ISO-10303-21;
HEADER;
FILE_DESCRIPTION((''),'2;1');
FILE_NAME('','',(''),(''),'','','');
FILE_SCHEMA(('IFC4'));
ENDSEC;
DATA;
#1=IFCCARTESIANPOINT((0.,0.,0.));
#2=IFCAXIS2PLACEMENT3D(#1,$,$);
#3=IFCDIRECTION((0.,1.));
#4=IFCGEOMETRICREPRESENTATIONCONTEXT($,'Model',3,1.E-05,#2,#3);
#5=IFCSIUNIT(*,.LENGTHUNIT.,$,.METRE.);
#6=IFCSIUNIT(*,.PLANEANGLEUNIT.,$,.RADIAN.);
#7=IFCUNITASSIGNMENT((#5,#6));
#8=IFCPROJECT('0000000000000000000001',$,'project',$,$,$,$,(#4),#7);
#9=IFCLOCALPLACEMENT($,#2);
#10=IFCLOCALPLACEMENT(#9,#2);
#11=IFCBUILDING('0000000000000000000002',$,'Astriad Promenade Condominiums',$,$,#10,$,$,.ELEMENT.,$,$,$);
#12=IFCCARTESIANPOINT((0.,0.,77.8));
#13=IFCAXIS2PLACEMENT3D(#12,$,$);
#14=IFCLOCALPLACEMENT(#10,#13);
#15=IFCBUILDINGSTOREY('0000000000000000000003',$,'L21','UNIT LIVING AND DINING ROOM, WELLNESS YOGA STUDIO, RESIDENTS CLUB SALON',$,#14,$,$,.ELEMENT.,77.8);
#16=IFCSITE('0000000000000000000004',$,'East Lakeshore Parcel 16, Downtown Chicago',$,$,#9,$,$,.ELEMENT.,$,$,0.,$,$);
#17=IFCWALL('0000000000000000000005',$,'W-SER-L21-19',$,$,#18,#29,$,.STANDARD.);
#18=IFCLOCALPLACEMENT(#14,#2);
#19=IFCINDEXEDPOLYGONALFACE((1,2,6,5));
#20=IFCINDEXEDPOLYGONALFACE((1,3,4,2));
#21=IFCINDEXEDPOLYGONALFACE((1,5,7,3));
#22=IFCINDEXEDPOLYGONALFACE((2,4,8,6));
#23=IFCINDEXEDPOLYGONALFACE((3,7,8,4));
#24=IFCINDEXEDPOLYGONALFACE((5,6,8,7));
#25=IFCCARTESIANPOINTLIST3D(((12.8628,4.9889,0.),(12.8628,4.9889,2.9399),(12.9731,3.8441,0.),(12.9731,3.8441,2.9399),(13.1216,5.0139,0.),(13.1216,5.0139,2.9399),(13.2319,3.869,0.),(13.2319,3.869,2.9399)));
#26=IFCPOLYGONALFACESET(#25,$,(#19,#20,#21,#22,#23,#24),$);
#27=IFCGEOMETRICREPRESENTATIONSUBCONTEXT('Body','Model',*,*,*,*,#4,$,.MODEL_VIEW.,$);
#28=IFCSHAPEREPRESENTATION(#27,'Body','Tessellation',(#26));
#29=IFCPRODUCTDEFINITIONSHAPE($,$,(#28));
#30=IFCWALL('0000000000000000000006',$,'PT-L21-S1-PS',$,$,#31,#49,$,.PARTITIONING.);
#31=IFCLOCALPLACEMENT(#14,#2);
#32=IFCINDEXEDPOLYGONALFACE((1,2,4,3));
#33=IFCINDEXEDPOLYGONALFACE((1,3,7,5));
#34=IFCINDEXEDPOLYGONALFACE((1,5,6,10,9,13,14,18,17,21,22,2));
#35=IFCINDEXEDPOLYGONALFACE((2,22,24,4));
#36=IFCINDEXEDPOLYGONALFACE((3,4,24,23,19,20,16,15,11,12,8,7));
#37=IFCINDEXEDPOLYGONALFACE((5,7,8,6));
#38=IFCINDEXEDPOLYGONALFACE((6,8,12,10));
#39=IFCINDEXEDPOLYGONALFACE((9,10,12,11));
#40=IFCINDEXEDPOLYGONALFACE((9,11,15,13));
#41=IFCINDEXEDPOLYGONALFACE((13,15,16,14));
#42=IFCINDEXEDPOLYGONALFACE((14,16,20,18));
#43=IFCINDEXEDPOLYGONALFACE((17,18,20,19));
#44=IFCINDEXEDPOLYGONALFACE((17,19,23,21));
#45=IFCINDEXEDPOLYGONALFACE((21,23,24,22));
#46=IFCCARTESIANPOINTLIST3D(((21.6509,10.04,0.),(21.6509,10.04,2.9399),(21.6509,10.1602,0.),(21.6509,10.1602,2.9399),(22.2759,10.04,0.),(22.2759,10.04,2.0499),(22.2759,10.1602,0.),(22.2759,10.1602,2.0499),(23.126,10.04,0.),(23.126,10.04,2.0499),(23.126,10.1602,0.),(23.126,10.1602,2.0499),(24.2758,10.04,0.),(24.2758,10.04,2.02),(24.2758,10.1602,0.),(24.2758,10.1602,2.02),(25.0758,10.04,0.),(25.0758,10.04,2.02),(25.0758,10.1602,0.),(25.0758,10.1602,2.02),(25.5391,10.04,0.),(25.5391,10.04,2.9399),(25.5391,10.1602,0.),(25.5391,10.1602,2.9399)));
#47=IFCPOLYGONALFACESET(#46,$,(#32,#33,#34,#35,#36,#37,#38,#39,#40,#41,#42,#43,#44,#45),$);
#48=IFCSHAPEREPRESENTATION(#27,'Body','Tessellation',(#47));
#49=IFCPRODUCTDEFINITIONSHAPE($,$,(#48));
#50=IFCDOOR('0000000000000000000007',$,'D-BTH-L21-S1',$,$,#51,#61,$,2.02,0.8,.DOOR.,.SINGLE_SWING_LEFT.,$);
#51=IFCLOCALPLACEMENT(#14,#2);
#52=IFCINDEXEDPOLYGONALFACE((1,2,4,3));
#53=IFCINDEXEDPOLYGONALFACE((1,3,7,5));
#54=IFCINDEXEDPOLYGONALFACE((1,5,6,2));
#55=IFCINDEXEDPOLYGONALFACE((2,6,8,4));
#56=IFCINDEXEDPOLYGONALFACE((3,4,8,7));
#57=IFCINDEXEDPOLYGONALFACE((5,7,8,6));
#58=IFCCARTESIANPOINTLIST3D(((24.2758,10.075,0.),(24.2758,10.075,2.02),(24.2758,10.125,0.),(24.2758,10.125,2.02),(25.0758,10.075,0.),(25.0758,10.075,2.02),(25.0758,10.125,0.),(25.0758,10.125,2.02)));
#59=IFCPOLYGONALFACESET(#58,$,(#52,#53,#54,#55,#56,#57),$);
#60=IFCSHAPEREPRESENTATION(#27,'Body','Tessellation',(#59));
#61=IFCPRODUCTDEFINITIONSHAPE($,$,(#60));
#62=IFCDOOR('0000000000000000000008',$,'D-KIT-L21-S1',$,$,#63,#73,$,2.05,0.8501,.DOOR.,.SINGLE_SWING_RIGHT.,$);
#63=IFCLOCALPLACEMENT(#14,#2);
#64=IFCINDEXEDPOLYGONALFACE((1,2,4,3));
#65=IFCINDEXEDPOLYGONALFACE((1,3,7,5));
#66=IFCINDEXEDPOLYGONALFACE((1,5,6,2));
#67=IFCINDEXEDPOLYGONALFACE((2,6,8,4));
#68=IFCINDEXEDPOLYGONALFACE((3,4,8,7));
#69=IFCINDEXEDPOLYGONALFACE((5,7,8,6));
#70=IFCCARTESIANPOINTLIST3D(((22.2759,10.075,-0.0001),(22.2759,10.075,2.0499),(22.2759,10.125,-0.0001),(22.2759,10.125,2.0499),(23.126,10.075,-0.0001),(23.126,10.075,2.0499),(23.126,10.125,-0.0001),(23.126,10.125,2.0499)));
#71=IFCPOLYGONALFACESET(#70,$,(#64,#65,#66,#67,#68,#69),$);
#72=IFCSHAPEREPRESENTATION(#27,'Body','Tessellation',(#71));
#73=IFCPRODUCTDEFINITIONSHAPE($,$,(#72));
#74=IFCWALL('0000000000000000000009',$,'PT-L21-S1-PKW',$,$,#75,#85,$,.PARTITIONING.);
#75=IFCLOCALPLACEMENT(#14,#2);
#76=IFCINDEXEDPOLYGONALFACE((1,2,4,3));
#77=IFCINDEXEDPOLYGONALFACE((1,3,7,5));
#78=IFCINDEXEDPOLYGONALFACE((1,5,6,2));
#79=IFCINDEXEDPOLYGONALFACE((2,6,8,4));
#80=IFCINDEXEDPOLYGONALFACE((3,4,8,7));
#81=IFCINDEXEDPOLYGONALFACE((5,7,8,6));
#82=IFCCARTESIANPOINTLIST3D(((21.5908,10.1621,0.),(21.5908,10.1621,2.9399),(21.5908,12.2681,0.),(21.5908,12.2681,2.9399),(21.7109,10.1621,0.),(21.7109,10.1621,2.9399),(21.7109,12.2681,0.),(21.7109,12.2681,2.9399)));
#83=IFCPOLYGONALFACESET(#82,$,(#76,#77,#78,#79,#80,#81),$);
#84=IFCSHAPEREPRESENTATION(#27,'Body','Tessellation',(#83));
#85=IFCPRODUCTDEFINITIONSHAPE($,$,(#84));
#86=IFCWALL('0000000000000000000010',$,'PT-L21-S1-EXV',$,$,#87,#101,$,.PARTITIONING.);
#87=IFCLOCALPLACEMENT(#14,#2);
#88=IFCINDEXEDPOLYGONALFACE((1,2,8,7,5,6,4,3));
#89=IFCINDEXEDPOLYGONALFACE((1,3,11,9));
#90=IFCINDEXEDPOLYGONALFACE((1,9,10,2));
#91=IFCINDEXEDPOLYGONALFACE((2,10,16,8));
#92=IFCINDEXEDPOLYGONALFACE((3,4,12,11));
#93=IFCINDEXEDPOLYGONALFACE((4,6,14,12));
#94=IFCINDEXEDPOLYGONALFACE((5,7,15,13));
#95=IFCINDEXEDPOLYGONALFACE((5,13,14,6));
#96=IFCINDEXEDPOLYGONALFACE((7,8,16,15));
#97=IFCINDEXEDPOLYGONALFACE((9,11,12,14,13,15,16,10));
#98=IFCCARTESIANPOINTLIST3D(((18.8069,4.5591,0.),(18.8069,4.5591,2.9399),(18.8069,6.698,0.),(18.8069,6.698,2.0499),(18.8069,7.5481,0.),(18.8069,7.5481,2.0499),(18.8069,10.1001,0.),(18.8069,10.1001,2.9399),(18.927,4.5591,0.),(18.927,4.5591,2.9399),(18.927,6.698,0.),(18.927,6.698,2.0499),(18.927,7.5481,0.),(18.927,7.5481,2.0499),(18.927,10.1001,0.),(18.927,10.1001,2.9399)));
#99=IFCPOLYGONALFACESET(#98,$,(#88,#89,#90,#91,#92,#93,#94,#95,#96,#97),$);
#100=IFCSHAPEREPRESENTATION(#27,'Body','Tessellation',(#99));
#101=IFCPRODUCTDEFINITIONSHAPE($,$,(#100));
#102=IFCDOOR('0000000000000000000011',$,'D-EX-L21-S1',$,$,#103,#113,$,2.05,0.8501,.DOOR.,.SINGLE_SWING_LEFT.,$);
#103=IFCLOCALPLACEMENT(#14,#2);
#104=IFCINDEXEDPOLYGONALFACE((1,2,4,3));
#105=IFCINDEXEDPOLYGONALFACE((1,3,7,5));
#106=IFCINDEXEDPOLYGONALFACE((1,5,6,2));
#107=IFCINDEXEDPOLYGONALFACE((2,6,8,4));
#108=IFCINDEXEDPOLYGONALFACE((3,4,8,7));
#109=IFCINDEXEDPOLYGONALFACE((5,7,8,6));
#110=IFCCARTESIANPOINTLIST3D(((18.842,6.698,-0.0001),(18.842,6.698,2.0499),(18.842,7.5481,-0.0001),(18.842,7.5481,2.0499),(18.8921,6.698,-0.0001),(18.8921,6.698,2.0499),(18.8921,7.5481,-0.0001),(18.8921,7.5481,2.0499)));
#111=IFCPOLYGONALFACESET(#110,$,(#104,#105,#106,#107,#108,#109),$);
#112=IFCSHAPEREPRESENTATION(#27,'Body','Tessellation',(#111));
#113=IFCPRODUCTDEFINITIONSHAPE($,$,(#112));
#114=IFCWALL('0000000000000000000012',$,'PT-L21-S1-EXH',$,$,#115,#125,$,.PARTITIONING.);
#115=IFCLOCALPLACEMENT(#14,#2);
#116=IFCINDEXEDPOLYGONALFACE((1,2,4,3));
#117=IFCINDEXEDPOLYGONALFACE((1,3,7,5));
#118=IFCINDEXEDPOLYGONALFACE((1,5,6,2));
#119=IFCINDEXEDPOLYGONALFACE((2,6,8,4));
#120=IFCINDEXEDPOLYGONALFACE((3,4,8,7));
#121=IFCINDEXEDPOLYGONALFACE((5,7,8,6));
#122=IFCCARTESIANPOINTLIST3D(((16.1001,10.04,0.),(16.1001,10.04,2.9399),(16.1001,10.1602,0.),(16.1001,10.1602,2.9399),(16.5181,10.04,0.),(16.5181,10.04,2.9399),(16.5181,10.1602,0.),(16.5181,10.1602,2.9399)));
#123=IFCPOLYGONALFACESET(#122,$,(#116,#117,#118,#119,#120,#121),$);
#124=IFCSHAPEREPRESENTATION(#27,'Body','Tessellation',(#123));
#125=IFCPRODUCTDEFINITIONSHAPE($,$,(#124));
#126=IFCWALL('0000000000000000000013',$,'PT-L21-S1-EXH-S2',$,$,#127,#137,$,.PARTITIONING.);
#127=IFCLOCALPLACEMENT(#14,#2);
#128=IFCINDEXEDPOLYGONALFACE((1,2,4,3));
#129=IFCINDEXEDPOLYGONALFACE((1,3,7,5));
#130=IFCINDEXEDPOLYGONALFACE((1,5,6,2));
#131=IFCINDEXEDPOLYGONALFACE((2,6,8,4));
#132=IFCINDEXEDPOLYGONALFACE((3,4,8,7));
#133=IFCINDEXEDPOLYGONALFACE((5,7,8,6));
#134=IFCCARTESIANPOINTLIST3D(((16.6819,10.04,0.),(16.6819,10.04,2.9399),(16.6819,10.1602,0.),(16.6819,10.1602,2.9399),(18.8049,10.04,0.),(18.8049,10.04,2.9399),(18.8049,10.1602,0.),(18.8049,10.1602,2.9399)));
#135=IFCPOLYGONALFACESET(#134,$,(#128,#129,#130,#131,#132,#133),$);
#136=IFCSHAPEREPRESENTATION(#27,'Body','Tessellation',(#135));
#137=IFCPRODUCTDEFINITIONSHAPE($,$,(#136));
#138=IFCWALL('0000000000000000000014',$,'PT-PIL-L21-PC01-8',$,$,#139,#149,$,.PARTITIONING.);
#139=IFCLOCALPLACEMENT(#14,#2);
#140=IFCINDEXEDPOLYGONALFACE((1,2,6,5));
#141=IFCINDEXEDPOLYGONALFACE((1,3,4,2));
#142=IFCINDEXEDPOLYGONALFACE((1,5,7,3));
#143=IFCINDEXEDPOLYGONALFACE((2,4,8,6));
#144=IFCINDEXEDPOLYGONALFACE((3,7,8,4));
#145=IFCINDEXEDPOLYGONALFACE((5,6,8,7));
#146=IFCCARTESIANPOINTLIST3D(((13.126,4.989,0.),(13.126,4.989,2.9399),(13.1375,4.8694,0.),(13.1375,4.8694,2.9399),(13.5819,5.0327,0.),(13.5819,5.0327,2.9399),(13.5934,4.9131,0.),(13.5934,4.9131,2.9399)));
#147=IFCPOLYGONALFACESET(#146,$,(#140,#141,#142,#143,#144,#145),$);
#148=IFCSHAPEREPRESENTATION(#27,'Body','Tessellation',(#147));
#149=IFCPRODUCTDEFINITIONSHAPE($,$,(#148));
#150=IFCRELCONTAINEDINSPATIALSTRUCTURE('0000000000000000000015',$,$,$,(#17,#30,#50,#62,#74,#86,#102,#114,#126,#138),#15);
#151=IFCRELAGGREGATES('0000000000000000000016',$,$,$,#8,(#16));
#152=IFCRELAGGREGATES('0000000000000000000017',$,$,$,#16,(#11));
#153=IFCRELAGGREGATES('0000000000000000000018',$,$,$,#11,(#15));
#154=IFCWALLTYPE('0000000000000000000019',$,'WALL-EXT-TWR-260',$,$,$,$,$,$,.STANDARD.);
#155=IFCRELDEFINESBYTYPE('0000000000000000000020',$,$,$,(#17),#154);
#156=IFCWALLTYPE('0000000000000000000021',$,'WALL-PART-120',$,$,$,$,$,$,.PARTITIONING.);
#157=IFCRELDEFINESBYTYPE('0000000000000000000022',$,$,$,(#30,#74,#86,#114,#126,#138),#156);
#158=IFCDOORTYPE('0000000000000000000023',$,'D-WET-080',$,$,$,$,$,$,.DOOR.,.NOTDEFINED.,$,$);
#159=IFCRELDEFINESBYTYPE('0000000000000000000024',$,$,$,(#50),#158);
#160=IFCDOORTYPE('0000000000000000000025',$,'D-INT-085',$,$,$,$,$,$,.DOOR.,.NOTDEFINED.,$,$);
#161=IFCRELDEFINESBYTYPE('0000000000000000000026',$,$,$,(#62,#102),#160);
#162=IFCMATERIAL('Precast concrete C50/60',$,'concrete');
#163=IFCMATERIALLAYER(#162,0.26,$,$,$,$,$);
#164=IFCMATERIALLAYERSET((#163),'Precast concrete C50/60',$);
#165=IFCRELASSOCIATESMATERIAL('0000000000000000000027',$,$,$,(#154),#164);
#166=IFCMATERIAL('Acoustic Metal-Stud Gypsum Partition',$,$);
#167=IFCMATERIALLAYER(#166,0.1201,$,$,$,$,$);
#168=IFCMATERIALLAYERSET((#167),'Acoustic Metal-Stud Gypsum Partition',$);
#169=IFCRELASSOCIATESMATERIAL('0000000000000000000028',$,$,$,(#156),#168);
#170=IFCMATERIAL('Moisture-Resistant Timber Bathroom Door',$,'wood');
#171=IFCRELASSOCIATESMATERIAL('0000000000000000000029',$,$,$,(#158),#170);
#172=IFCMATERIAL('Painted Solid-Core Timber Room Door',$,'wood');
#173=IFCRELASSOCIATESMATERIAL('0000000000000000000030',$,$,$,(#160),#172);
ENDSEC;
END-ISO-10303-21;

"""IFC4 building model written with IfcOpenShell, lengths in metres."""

from ifc_helpers import new_model, si_unit, direction, frame, frame_2d, origin, place, context, subcontext, project, spatial, rectangle, extrude, source, transform, mapped, material, layer, layer_set, type_object, type_shapes, element, fill, save


model = new_model("IFC4")

# Units and contexts
model_context = context("Model", 3, precision=1e-05, world=origin(), true_north=direction((0.0, 1.0)))
body_context = subcontext(model_context, "Body", "Model", "MODEL_VIEW")
ifc_project = project(units=[si_unit("LENGTHUNIT", "METRE"), si_unit("PLANEANGLEUNIT", "RADIAN")], contexts=[model_context])

# Site, building, storey
site_placement = place(None, origin())
site = spatial("IfcSite", under=ifc_project, at=site_placement, Name="East Lakeshore Parcel 16, Downtown Chicago", CompositionType="ELEMENT", RefElevation=0.0)
building_placement = place(site_placement, origin())
building = spatial("IfcBuilding", under=site, at=building_placement, Name="Astriad Promenade Condominiums", CompositionType="ELEMENT")
storey_placement = place(building_placement, frame((0.0, 0.0, 77.8)))
storey = spatial("IfcBuildingStorey", under=building, at=storey_placement, Name="L21", Description="UNIT LIVING AND DINING ROOM, WELLNESS YOGA STUDIO, RESIDENTS CLUB SALON", CompositionType="ELEMENT", Elevation=77.8)

# Wall
ifc_material_1 = material(Name="Precast concrete C50/60", Category="concrete")
ifc_layer_1 = layer(ifc_material_1, 0.26)
ifc_layer_set_1 = layer_set([ifc_layer_1], Name="Precast concrete C50/60")
wall_type_1 = type_object("IfcWallType", Name="WALL-EXT-TWR-260", PredefinedType="STANDARD", material=ifc_layer_set_1)
wall_1_placement = place(storey_placement, frame((13.1025, 3.8564, 0.0), z_axis=(0.0, 0.0, 1.0), x_axis=(-0.095951, 0.995386, 0.0)))
element("IfcWall", 1, at=wall_1_placement, inside=storey, type_object=wall_type_1, Name="W-SER-L21-19", PredefinedType="STANDARD", context=body_context, shape_type="SweptSolid", body=[
    extrude(rectangle(XDim=1.1501, YDim=0.26, at=frame_2d((0.5752, 0.0))), origin(), (0.0, 0.0, 1.0), 2.9399),
])

# Wall, openings, doors
ifc_material_2 = material(Name="Acoustic Metal-Stud Gypsum Partition")
ifc_layer_2 = layer(ifc_material_2, 0.1201)
ifc_layer_set_2 = layer_set([ifc_layer_2], Name="Acoustic Metal-Stud Gypsum Partition")
wall_type_2 = type_object("IfcWallType", Name="WALL-PART-120", PredefinedType="PARTITIONING", material=ifc_layer_set_2)
wall_2_placement = place(storey_placement, frame((21.6509, 10.1001, 0.0), z_axis=(0.0, 0.0, 1.0), x_axis=(1.0, 0.0, 0.0)))
wall_2 = element("IfcWall", 2, at=wall_2_placement, inside=storey, type_object=wall_type_2, Name="PT-L21-S1-PS", PredefinedType="PARTITIONING", context=body_context, shape_type="SweptSolid", body=[
    extrude(rectangle(XDim=3.8882, YDim=0.1201, at=frame_2d((1.9441, 0.0))), origin(), (0.0, 0.0, 1.0), 2.9399),
])
opening_1_placement = place(wall_2_placement, frame((0.625, 0.0, 0.0)))
opening_1 = element("IfcOpeningElement", 3, at=opening_1_placement, cuts=wall_2, PredefinedType="OPENING", context=body_context, shape_type="SweptSolid", body=[
    extrude(rectangle(XDim=0.8501, YDim=2.05, at=frame_2d((0.425, 1.0249))), frame((0.0, 0.0701, 0.0), z_axis=(0.0, -1.0, 0.0), x_axis=(1.0, 0.0, 0.0)), (0.0, 0.0, 1.0), 0.1401),
])
opening_2_placement = place(wall_2_placement, frame((2.625, 0.0, 0.0)))
opening_2 = element("IfcOpeningElement", 4, at=opening_2_placement, cuts=wall_2, PredefinedType="OPENING", context=body_context, shape_type="SweptSolid", body=[
    extrude(rectangle(XDim=0.8, YDim=2.02, at=frame_2d((0.3999, 1.01))), frame((0.0, 0.0701, 0.0), z_axis=(0.0, -1.0, 0.0), x_axis=(1.0, 0.0, 0.0)), (0.0, 0.0, 1.0), 0.1401),
])
ifc_material_3 = material(Name="Moisture-Resistant Timber Bathroom Door", Category="wood")
door_type_1 = type_object("IfcDoorType", Name="D-WET-080", OperationType="NOTDEFINED", PredefinedType="DOOR", material=ifc_material_3)
shared_shape_1 = source(origin(), body_context, "Body", "SweptSolid", [
    extrude(rectangle(XDim=0.8, YDim=2.02, at=frame_2d((0.3999, 1.01))), frame((0.0, 0.0249, 0.0), z_axis=(0.0, -1.0, 0.0), x_axis=(1.0, 0.0, 0.0)), (0.0, 0.0, 1.0), 0.05),
])
type_shapes(door_type_1, [shared_shape_1])
door_1_placement = place(opening_2_placement, origin())
door_1 = element("IfcDoor", 5, at=door_1_placement, inside=storey, type_object=door_type_1, Name="D-BTH-L21-S1", OperationType="SINGLE_SWING_LEFT", OverallHeight=2.02, OverallWidth=0.8, PredefinedType="DOOR", context=body_context, shape_type="MappedRepresentation", body=[
    mapped(shared_shape_1, transform((0.0, 0.0, 0.0), scale=1.0)),
])
fill(opening_2, door_1)
ifc_material_4 = material(Name="Painted Solid-Core Timber Room Door", Category="wood")
door_type_2 = type_object("IfcDoorType", Name="D-INT-085", OperationType="NOTDEFINED", PredefinedType="DOOR", material=ifc_material_4)
shared_shape_2 = source(origin(), body_context, "Body", "SweptSolid", [
    extrude(rectangle(XDim=0.8501, YDim=2.05, at=frame_2d((0.425, 1.0249))), frame((0.0, 0.0249, 0.0), z_axis=(0.0, -1.0, 0.0), x_axis=(1.0, 0.0, 0.0)), (0.0, 0.0, 1.0), 0.05),
])
type_shapes(door_type_2, [shared_shape_2])
door_2_placement = place(opening_1_placement, origin())
door_2 = element("IfcDoor", 6, at=door_2_placement, inside=storey, type_object=door_type_2, Name="D-KIT-L21-S1", OperationType="SINGLE_SWING_RIGHT", OverallHeight=2.05, OverallWidth=0.8501, PredefinedType="DOOR", context=body_context, shape_type="MappedRepresentation", body=[
    mapped(shared_shape_2, transform((0.0, 0.0, 0.0), scale=1.0)),
])
fill(opening_1, door_2)

# Wall
wall_3_placement = place(storey_placement, frame((21.6509, 10.1621, 0.0), z_axis=(0.0, 0.0, 1.0), x_axis=(0.0, 1.0, 0.0)))
element("IfcWall", 7, at=wall_3_placement, inside=storey, type_object=wall_type_2, Name="PT-L21-S1-PKW", PredefinedType="PARTITIONING", context=body_context, shape_type="SweptSolid", body=[
    extrude(rectangle(XDim=2.106, YDim=0.1201, at=frame_2d((1.053, 0.0))), origin(), (0.0, 0.0, 1.0), 2.9399),
])

# Wall, opening, door
wall_4_placement = place(storey_placement, frame((18.8669, 4.5591, 0.0), z_axis=(0.0, 0.0, 1.0), x_axis=(0.0, 1.0, 0.0)))
wall_4 = element("IfcWall", 8, at=wall_4_placement, inside=storey, type_object=wall_type_2, Name="PT-L21-S1-EXV", PredefinedType="PARTITIONING", context=body_context, shape_type="SweptSolid", body=[
    extrude(rectangle(XDim=5.541, YDim=0.1201, at=frame_2d((2.7705, 0.0))), origin(), (0.0, 0.0, 1.0), 2.9399),
])
opening_3_placement = place(wall_4_placement, frame((2.1389, 0.0, 0.0)))
opening_3 = element("IfcOpeningElement", 9, at=opening_3_placement, cuts=wall_4, PredefinedType="OPENING", context=body_context, shape_type="SweptSolid", body=[
    extrude(rectangle(XDim=0.8501, YDim=2.05, at=frame_2d((0.425, 1.0249))), frame((0.0, 0.0701, 0.0), z_axis=(0.0, -1.0, 0.0), x_axis=(1.0, 0.0, 0.0)), (0.0, 0.0, 1.0), 0.1401),
])
door_3_placement = place(opening_3_placement, origin())
door_3 = element("IfcDoor", 10, at=door_3_placement, inside=storey, type_object=door_type_2, Name="D-EX-L21-S1", OperationType="SINGLE_SWING_LEFT", OverallHeight=2.05, OverallWidth=0.8501, PredefinedType="DOOR", context=body_context, shape_type="MappedRepresentation", body=[
    mapped(shared_shape_2, transform((0.0, 0.0, 0.0), scale=1.0)),
])
fill(opening_3, door_3)

# Walls
wall_5_placement = place(storey_placement, frame((16.1001, 10.1001, 0.0), z_axis=(0.0, 0.0, 1.0), x_axis=(1.0, 0.0, 0.0)))
element("IfcWall", 11, at=wall_5_placement, inside=storey, type_object=wall_type_2, Name="PT-L21-S1-EXH", PredefinedType="PARTITIONING", context=body_context, shape_type="SweptSolid", body=[
    extrude(rectangle(XDim=0.418, YDim=0.1201, at=frame_2d((0.209, 0.0))), origin(), (0.0, 0.0, 1.0), 2.9399),
])
wall_6_placement = place(storey_placement, frame((16.6819, 10.1001, 0.0), z_axis=(0.0, 0.0, 1.0), x_axis=(1.0, 0.0, 0.0)))
element("IfcWall", 12, at=wall_6_placement, inside=storey, type_object=wall_type_2, Name="PT-L21-S1-EXH-S2", PredefinedType="PARTITIONING", context=body_context, shape_type="SweptSolid", body=[
    extrude(rectangle(XDim=2.123, YDim=0.1201, at=frame_2d((1.0615, 0.0))), origin(), (0.0, 0.0, 1.0), 2.9399),
])
wall_7_placement = place(storey_placement, frame((13.5876, 4.9729, 0.0), z_axis=(0.0, 0.0, 1.0), x_axis=(-0.995435, -0.095438, 0.0)))
element("IfcWall", 13, at=wall_7_placement, inside=storey, type_object=wall_type_2, Name="PT-PIL-L21-PC01-8", PredefinedType="PARTITIONING", context=body_context, shape_type="SweptSolid", body=[
    extrude(rectangle(XDim=0.458, YDim=0.1201, at=frame_2d((0.229, 0.0))), origin(), (0.0, 0.0, 1.0), 2.9399),
])

save(model, "model.ifc")
